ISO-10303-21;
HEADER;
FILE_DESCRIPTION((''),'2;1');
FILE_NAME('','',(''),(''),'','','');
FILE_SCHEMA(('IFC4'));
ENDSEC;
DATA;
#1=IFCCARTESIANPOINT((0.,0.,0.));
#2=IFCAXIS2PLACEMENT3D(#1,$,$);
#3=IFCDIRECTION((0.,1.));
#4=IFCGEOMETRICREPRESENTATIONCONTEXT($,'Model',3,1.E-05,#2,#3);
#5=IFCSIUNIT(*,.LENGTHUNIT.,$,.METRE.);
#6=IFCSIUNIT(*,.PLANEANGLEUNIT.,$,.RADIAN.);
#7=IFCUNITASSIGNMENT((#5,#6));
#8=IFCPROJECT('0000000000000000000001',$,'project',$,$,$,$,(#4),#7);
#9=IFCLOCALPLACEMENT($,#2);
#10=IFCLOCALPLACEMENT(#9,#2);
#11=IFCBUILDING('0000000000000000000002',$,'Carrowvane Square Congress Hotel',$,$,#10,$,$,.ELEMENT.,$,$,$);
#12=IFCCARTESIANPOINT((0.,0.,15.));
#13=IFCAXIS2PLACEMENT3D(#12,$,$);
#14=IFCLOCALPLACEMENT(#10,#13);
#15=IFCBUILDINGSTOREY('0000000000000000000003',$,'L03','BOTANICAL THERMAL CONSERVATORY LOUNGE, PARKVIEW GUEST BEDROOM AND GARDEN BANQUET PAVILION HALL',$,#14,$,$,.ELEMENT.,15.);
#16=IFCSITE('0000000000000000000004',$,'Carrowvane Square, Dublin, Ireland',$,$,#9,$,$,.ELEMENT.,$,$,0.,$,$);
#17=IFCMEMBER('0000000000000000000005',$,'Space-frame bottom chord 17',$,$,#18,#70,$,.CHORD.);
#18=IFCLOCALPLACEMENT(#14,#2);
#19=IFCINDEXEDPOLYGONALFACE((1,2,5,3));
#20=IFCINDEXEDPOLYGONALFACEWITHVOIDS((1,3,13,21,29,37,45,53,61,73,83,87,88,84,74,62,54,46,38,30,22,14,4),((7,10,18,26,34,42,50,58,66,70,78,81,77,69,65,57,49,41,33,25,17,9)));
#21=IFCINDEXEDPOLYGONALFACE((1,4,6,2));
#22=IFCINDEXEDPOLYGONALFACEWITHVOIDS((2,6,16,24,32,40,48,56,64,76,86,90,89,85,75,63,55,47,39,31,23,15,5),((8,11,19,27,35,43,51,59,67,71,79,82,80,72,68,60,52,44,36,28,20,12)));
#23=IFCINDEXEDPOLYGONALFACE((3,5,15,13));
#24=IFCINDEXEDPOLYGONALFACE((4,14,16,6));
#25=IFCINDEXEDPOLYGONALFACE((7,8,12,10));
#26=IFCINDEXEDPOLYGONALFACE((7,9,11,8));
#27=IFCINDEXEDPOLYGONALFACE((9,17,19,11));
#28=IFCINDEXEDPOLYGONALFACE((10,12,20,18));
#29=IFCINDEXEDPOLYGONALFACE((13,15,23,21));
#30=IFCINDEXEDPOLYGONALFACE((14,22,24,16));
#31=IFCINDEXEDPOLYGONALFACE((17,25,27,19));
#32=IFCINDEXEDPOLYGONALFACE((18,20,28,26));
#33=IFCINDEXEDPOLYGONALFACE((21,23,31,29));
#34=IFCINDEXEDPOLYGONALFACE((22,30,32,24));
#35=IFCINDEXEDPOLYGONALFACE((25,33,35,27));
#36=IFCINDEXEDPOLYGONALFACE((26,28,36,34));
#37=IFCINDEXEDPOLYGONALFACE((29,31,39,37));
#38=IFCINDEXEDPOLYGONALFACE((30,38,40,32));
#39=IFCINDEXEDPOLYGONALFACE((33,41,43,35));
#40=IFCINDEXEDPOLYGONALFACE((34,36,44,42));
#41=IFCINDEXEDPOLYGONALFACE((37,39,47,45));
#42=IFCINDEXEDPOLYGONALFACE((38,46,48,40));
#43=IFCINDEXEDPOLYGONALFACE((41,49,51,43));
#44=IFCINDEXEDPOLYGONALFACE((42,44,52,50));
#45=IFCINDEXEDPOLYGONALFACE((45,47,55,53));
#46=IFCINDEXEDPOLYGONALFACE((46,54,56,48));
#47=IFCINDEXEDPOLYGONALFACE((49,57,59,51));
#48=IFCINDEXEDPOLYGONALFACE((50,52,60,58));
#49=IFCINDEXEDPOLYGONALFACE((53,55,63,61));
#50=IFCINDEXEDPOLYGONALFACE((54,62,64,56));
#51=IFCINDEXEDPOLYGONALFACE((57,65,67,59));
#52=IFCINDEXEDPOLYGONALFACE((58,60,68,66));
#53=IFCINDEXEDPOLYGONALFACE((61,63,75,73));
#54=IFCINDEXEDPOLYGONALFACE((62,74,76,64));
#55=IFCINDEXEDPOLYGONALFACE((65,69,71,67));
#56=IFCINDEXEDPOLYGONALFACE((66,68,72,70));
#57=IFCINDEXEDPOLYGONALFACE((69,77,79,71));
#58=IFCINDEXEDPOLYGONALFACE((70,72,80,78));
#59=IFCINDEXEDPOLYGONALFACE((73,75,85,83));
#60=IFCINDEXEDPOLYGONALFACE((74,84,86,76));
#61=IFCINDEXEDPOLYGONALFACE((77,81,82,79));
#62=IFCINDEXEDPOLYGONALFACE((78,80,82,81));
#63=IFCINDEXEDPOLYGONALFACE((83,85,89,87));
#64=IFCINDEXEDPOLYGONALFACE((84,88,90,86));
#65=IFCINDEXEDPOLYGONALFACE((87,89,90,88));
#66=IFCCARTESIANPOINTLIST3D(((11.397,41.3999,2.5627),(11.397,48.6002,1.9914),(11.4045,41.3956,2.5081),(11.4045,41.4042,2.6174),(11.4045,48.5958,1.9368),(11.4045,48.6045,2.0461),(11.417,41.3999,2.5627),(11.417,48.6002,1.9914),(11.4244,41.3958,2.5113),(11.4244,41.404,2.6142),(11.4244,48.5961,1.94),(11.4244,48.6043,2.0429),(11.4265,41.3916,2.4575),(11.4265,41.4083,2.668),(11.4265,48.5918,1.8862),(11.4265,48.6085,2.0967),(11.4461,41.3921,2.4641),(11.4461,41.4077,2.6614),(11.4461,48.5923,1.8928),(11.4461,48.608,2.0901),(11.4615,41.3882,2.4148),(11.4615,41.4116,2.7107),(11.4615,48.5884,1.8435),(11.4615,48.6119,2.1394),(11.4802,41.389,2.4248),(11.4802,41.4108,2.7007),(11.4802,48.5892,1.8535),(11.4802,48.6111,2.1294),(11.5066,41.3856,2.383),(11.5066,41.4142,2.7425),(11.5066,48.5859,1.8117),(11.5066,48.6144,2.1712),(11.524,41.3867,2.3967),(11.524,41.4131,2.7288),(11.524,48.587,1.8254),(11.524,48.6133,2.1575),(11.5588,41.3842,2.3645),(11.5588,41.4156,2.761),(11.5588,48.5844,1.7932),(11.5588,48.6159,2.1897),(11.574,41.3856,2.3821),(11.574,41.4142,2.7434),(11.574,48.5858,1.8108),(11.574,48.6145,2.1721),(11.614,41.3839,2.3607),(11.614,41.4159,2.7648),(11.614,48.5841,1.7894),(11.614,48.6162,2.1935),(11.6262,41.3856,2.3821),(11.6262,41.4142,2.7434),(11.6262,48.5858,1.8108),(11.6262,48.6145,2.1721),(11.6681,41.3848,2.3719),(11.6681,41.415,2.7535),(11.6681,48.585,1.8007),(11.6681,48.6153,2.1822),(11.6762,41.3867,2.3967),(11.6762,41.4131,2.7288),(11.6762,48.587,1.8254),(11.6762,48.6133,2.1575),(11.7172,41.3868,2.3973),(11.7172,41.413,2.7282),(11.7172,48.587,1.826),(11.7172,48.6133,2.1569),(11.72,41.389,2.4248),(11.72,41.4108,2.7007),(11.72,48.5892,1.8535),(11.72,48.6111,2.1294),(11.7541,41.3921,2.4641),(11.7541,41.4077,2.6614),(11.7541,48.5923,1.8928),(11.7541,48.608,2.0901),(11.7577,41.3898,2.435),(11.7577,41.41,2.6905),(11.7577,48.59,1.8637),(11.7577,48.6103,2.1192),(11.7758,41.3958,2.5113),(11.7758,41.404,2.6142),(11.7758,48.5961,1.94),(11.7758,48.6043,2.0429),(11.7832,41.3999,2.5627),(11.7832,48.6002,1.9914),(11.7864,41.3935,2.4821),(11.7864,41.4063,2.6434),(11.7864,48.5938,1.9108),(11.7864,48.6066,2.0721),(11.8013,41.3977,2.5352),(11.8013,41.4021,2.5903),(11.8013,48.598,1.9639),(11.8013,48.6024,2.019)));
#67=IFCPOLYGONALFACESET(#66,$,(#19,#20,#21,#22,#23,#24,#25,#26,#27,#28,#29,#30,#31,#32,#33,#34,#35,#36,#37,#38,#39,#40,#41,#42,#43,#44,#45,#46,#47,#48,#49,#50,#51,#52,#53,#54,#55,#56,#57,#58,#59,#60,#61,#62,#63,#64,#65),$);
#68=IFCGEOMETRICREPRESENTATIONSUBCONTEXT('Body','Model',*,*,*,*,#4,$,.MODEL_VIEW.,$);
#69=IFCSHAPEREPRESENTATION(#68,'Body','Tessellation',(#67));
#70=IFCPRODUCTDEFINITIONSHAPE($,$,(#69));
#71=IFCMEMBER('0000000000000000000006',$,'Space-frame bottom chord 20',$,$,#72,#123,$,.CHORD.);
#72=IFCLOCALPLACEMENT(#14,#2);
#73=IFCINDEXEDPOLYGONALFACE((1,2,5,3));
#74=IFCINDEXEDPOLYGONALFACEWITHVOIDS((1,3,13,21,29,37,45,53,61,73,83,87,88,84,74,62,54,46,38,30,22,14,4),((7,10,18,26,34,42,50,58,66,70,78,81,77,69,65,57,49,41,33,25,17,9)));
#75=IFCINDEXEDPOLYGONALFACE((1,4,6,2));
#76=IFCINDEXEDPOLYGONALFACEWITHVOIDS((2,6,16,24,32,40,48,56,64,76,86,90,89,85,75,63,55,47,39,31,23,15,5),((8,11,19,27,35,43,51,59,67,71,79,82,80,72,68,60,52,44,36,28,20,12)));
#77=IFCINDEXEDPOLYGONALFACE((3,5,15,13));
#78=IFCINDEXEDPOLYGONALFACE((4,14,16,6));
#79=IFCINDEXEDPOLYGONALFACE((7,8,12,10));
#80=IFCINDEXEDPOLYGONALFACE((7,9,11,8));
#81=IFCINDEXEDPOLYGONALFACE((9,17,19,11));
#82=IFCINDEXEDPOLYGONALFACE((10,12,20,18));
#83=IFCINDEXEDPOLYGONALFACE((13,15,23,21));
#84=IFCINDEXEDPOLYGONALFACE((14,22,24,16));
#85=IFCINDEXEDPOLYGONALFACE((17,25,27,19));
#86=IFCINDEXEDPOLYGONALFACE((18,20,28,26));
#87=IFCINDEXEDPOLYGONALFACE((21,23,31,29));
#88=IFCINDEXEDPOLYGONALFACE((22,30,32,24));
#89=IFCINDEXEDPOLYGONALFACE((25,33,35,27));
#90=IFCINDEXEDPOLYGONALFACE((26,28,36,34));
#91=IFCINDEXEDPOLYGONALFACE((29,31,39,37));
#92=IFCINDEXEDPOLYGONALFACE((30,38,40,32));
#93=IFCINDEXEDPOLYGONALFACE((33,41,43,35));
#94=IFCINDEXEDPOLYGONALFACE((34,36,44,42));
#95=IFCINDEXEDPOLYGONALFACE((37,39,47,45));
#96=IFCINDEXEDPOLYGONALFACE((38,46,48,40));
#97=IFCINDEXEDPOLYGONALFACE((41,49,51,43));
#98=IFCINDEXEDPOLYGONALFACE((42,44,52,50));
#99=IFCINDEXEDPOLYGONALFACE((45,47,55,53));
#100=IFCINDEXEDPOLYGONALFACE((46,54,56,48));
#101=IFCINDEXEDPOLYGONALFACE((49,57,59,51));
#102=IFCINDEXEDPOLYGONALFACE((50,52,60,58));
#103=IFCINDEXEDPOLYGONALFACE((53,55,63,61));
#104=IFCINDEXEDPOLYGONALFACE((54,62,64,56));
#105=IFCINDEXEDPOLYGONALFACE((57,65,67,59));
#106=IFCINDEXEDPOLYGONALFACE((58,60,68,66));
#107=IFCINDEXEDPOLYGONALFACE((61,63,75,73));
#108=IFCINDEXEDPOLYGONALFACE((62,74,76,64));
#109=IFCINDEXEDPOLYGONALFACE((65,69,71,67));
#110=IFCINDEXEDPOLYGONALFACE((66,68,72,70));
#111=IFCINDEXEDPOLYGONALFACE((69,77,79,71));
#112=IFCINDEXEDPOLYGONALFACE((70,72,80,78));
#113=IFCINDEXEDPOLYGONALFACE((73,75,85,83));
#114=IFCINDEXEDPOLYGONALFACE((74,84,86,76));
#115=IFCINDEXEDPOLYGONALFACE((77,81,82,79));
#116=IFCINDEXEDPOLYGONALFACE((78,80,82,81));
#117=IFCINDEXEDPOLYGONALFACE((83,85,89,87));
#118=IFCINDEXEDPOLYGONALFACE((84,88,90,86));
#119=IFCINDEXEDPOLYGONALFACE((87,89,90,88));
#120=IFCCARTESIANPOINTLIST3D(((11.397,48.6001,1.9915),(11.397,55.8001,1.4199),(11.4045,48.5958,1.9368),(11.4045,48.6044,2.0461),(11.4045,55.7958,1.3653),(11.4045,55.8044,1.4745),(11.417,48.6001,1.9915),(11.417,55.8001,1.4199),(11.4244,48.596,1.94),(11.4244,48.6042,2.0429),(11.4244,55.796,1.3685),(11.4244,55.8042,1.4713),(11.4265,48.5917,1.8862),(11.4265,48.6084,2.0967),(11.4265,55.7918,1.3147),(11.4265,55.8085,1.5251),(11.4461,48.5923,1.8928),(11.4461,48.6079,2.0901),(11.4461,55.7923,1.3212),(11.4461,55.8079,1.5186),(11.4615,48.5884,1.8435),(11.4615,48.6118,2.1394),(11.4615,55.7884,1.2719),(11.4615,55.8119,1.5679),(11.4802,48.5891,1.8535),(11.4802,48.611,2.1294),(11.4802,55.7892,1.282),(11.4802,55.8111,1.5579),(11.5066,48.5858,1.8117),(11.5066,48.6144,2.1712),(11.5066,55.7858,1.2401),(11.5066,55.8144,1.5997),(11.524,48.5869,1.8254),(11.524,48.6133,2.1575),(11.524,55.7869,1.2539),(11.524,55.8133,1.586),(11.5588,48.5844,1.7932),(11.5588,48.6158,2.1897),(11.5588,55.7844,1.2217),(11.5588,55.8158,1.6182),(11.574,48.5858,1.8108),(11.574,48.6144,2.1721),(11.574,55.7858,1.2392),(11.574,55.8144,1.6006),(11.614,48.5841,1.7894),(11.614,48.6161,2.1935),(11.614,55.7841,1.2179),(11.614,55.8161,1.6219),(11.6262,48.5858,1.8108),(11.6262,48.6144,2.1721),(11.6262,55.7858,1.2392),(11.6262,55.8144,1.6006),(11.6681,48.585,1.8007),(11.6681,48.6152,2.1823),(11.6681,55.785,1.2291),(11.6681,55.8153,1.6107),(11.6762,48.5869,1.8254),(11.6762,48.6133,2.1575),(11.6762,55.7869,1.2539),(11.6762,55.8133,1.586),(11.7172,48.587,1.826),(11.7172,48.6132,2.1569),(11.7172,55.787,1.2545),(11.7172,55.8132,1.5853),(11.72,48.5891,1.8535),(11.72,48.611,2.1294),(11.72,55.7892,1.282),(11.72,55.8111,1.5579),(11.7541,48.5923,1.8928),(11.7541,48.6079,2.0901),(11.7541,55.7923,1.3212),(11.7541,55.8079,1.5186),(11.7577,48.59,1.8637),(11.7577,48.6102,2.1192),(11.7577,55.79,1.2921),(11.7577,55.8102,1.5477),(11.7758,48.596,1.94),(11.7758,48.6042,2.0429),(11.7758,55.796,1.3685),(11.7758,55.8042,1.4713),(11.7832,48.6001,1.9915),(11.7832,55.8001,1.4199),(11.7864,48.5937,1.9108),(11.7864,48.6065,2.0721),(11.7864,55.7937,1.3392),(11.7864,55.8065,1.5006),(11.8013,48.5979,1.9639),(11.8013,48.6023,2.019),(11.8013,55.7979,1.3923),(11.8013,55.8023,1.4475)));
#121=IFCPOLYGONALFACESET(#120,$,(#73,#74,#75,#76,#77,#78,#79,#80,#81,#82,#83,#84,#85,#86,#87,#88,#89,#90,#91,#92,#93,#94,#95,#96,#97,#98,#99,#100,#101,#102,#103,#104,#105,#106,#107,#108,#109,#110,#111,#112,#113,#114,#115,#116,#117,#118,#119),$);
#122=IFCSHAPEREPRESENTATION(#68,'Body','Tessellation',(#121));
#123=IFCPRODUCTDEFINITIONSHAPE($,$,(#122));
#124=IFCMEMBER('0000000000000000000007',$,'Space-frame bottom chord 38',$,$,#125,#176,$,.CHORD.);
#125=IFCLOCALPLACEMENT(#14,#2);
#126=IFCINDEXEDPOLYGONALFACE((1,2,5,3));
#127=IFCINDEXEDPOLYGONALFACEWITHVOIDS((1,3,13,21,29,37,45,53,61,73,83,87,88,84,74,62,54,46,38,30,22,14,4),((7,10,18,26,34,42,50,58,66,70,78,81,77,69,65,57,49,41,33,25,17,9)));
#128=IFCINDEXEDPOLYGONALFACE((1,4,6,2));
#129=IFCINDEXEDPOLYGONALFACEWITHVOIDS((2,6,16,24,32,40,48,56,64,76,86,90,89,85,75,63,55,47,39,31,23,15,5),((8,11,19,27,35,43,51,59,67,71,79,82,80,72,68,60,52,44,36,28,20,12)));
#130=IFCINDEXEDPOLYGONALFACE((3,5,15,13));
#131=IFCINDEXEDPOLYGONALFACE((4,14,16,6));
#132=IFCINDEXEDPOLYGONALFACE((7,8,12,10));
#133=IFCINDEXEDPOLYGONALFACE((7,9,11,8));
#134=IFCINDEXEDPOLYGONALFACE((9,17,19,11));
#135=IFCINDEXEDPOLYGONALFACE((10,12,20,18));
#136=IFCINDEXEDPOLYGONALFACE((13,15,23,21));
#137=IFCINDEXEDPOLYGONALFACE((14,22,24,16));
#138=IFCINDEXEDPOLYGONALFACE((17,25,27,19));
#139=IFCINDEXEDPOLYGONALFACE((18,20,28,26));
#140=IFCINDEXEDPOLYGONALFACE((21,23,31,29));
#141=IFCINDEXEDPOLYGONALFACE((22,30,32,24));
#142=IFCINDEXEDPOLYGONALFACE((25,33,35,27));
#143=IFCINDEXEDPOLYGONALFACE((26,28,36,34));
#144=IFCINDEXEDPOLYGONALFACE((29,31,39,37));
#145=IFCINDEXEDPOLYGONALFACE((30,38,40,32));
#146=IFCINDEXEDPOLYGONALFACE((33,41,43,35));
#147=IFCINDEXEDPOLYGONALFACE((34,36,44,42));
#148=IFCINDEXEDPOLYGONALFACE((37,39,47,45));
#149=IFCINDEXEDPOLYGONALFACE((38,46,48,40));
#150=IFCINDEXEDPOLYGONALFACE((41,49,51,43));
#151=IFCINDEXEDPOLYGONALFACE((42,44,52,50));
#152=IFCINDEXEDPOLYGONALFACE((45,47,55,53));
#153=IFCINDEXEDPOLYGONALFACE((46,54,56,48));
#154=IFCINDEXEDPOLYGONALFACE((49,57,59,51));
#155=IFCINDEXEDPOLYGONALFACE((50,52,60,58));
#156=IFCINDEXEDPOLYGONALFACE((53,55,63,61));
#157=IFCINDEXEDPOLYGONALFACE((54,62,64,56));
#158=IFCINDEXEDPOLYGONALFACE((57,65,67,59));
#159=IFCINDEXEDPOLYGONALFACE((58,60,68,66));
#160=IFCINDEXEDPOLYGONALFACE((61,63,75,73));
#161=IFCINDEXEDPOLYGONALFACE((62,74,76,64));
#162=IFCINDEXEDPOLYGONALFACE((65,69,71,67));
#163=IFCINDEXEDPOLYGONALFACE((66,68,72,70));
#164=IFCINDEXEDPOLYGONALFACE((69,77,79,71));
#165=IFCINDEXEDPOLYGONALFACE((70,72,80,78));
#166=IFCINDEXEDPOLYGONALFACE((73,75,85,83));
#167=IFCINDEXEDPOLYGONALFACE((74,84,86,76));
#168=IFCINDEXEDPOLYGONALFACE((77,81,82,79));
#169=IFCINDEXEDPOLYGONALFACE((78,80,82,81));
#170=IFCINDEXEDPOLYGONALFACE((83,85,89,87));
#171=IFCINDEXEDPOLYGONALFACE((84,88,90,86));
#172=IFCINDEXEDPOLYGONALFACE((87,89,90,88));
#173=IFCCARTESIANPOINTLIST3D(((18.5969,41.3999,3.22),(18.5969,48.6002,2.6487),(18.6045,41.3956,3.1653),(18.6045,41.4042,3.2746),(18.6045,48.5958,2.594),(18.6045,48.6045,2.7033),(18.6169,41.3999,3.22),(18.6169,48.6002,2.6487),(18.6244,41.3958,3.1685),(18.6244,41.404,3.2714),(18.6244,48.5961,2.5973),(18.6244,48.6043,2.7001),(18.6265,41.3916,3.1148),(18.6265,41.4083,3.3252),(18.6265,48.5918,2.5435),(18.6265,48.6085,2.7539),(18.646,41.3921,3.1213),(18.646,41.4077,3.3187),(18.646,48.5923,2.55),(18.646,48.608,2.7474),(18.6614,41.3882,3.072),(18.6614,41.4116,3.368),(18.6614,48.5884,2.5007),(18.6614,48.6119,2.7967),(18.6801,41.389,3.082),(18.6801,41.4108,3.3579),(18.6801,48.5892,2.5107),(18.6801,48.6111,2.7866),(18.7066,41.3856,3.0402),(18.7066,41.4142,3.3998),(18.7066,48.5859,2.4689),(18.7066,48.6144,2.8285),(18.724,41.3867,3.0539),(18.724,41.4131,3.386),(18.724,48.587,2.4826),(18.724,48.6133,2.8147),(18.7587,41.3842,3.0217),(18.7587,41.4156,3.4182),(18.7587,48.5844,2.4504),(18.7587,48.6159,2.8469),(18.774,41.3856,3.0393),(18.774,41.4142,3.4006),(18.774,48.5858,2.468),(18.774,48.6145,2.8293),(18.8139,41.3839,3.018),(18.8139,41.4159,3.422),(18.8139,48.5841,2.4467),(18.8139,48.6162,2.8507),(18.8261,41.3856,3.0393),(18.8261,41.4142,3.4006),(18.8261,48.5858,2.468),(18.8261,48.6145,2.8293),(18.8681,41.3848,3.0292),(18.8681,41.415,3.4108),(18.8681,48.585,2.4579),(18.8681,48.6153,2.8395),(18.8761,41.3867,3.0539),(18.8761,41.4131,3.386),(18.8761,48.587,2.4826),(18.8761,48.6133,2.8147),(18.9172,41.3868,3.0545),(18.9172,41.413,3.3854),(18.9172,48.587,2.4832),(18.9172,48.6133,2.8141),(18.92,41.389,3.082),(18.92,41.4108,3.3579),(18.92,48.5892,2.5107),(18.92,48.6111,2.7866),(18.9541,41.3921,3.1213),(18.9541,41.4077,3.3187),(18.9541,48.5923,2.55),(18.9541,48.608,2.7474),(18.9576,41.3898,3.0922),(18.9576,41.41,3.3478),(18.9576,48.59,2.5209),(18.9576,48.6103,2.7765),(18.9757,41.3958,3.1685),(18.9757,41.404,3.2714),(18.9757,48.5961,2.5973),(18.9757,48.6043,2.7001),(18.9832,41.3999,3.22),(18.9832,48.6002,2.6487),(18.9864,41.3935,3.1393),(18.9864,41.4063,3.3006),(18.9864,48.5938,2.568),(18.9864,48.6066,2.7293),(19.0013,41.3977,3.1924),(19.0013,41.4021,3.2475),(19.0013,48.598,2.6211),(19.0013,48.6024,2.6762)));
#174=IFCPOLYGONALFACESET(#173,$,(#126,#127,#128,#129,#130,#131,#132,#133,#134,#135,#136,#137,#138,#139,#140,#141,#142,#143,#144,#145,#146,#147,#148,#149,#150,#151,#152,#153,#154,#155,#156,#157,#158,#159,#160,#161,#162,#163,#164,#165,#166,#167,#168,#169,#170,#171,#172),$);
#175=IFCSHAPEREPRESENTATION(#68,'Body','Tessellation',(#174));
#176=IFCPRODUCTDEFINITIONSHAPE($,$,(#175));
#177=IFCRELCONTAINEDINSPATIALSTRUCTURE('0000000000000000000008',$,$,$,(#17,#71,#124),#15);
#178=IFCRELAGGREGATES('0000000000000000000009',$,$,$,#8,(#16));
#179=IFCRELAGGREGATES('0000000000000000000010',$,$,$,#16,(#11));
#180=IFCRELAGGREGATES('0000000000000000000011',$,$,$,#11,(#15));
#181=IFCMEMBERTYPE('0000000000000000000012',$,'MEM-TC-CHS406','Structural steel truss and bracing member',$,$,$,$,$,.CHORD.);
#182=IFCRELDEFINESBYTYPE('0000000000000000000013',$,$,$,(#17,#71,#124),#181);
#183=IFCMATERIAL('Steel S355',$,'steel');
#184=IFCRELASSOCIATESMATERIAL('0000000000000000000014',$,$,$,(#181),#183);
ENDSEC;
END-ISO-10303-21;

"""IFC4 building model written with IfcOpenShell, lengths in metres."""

from ifc_helpers import new_model, si_unit, direction, frame, origin, origin_2d, place, context, subcontext, project, spatial, hollow_circle, extrude, material, material_profile, profile_set, type_object, element, save


model = new_model("IFC4")

# Units and contexts
model_context = context("Model", 3, precision=1e-05, world=origin(), true_north=direction((0.0, 1.0)))
body_context = subcontext(model_context, "Body", "Model", "MODEL_VIEW")
ifc_project = project(units=[si_unit("LENGTHUNIT", "METRE"), si_unit("PLANEANGLEUNIT", "RADIAN")], contexts=[model_context])

# Site, building, storey
site_placement = place(None, origin())
site = spatial("IfcSite", under=ifc_project, at=site_placement, Name="Carrowvane Square, Dublin, Ireland", CompositionType="ELEMENT", RefElevation=0.0)
building_placement = place(site_placement, origin())
building = spatial("IfcBuilding", under=site, at=building_placement, Name="Carrowvane Square Congress Hotel", CompositionType="ELEMENT")
storey_placement = place(building_placement, frame((0.0, 0.0, 15.0)))
storey = spatial("IfcBuildingStorey", under=building, at=storey_placement, Name="L03", Description="BOTANICAL THERMAL CONSERVATORY LOUNGE, PARKVIEW GUEST BEDROOM AND GARDEN BANQUET PAVILION HALL", CompositionType="ELEMENT", Elevation=15.0)

# Members
ifc_material_1 = material(Name="Steel S355", Category="steel")
ifc_material_profile_1 = material_profile(ifc_material_1, hollow_circle(Radius=0.2031, WallThickness=0.02, at=origin_2d()), Name="CHS 406.4x20")
ifc_profile_set_1 = profile_set([ifc_material_profile_1], Name="Steel S355")
member_type_1 = type_object("IfcMemberType", Name="MEM-TC-CHS406", Description="Structural steel truss and bracing member", PredefinedType="CHORD", material=ifc_profile_set_1)
member_1_placement = place(storey_placement, frame((11.6001, 41.3999, 2.5627), z_axis=(0.0, 0.996867, -0.079095), x_axis=(-1.0, 0.0, 0.0)))
element("IfcMember", 1, at=member_1_placement, inside=storey, type_object=member_type_1, Name="Space-frame bottom chord 17", PredefinedType="CHORD", context=body_context, shape_type="SweptSolid", body=[
    extrude(hollow_circle(Radius=0.2031, WallThickness=0.02, at=origin_2d()), origin(), (0.0, 0.0, 1.0), 7.2229),
])
member_2_placement = place(storey_placement, frame((11.6001, 48.6001, 1.9915), z_axis=(0.0, 0.996864, -0.079131), x_axis=(-1.0, 0.0, 0.0)))
element("IfcMember", 2, at=member_2_placement, inside=storey, type_object=member_type_1, Name="Space-frame bottom chord 20", PredefinedType="CHORD", context=body_context, shape_type="SweptSolid", body=[
    extrude(hollow_circle(Radius=0.2031, WallThickness=0.02, at=origin_2d()), origin(), (0.0, 0.0, 1.0), 7.2227),
])
member_3_placement = place(storey_placement, frame((18.8, 41.3999, 3.22), z_axis=(0.0, 0.996867, -0.079095), x_axis=(-1.0, 0.0, 0.0)))
element("IfcMember", 3, at=member_3_placement, inside=storey, type_object=member_type_1, Name="Space-frame bottom chord 38", PredefinedType="CHORD", context=body_context, shape_type="SweptSolid", body=[
    extrude(hollow_circle(Radius=0.2031, WallThickness=0.02, at=origin_2d()), origin(), (0.0, 0.0, 1.0), 7.2229),
])

save(model, "model.ifc")
